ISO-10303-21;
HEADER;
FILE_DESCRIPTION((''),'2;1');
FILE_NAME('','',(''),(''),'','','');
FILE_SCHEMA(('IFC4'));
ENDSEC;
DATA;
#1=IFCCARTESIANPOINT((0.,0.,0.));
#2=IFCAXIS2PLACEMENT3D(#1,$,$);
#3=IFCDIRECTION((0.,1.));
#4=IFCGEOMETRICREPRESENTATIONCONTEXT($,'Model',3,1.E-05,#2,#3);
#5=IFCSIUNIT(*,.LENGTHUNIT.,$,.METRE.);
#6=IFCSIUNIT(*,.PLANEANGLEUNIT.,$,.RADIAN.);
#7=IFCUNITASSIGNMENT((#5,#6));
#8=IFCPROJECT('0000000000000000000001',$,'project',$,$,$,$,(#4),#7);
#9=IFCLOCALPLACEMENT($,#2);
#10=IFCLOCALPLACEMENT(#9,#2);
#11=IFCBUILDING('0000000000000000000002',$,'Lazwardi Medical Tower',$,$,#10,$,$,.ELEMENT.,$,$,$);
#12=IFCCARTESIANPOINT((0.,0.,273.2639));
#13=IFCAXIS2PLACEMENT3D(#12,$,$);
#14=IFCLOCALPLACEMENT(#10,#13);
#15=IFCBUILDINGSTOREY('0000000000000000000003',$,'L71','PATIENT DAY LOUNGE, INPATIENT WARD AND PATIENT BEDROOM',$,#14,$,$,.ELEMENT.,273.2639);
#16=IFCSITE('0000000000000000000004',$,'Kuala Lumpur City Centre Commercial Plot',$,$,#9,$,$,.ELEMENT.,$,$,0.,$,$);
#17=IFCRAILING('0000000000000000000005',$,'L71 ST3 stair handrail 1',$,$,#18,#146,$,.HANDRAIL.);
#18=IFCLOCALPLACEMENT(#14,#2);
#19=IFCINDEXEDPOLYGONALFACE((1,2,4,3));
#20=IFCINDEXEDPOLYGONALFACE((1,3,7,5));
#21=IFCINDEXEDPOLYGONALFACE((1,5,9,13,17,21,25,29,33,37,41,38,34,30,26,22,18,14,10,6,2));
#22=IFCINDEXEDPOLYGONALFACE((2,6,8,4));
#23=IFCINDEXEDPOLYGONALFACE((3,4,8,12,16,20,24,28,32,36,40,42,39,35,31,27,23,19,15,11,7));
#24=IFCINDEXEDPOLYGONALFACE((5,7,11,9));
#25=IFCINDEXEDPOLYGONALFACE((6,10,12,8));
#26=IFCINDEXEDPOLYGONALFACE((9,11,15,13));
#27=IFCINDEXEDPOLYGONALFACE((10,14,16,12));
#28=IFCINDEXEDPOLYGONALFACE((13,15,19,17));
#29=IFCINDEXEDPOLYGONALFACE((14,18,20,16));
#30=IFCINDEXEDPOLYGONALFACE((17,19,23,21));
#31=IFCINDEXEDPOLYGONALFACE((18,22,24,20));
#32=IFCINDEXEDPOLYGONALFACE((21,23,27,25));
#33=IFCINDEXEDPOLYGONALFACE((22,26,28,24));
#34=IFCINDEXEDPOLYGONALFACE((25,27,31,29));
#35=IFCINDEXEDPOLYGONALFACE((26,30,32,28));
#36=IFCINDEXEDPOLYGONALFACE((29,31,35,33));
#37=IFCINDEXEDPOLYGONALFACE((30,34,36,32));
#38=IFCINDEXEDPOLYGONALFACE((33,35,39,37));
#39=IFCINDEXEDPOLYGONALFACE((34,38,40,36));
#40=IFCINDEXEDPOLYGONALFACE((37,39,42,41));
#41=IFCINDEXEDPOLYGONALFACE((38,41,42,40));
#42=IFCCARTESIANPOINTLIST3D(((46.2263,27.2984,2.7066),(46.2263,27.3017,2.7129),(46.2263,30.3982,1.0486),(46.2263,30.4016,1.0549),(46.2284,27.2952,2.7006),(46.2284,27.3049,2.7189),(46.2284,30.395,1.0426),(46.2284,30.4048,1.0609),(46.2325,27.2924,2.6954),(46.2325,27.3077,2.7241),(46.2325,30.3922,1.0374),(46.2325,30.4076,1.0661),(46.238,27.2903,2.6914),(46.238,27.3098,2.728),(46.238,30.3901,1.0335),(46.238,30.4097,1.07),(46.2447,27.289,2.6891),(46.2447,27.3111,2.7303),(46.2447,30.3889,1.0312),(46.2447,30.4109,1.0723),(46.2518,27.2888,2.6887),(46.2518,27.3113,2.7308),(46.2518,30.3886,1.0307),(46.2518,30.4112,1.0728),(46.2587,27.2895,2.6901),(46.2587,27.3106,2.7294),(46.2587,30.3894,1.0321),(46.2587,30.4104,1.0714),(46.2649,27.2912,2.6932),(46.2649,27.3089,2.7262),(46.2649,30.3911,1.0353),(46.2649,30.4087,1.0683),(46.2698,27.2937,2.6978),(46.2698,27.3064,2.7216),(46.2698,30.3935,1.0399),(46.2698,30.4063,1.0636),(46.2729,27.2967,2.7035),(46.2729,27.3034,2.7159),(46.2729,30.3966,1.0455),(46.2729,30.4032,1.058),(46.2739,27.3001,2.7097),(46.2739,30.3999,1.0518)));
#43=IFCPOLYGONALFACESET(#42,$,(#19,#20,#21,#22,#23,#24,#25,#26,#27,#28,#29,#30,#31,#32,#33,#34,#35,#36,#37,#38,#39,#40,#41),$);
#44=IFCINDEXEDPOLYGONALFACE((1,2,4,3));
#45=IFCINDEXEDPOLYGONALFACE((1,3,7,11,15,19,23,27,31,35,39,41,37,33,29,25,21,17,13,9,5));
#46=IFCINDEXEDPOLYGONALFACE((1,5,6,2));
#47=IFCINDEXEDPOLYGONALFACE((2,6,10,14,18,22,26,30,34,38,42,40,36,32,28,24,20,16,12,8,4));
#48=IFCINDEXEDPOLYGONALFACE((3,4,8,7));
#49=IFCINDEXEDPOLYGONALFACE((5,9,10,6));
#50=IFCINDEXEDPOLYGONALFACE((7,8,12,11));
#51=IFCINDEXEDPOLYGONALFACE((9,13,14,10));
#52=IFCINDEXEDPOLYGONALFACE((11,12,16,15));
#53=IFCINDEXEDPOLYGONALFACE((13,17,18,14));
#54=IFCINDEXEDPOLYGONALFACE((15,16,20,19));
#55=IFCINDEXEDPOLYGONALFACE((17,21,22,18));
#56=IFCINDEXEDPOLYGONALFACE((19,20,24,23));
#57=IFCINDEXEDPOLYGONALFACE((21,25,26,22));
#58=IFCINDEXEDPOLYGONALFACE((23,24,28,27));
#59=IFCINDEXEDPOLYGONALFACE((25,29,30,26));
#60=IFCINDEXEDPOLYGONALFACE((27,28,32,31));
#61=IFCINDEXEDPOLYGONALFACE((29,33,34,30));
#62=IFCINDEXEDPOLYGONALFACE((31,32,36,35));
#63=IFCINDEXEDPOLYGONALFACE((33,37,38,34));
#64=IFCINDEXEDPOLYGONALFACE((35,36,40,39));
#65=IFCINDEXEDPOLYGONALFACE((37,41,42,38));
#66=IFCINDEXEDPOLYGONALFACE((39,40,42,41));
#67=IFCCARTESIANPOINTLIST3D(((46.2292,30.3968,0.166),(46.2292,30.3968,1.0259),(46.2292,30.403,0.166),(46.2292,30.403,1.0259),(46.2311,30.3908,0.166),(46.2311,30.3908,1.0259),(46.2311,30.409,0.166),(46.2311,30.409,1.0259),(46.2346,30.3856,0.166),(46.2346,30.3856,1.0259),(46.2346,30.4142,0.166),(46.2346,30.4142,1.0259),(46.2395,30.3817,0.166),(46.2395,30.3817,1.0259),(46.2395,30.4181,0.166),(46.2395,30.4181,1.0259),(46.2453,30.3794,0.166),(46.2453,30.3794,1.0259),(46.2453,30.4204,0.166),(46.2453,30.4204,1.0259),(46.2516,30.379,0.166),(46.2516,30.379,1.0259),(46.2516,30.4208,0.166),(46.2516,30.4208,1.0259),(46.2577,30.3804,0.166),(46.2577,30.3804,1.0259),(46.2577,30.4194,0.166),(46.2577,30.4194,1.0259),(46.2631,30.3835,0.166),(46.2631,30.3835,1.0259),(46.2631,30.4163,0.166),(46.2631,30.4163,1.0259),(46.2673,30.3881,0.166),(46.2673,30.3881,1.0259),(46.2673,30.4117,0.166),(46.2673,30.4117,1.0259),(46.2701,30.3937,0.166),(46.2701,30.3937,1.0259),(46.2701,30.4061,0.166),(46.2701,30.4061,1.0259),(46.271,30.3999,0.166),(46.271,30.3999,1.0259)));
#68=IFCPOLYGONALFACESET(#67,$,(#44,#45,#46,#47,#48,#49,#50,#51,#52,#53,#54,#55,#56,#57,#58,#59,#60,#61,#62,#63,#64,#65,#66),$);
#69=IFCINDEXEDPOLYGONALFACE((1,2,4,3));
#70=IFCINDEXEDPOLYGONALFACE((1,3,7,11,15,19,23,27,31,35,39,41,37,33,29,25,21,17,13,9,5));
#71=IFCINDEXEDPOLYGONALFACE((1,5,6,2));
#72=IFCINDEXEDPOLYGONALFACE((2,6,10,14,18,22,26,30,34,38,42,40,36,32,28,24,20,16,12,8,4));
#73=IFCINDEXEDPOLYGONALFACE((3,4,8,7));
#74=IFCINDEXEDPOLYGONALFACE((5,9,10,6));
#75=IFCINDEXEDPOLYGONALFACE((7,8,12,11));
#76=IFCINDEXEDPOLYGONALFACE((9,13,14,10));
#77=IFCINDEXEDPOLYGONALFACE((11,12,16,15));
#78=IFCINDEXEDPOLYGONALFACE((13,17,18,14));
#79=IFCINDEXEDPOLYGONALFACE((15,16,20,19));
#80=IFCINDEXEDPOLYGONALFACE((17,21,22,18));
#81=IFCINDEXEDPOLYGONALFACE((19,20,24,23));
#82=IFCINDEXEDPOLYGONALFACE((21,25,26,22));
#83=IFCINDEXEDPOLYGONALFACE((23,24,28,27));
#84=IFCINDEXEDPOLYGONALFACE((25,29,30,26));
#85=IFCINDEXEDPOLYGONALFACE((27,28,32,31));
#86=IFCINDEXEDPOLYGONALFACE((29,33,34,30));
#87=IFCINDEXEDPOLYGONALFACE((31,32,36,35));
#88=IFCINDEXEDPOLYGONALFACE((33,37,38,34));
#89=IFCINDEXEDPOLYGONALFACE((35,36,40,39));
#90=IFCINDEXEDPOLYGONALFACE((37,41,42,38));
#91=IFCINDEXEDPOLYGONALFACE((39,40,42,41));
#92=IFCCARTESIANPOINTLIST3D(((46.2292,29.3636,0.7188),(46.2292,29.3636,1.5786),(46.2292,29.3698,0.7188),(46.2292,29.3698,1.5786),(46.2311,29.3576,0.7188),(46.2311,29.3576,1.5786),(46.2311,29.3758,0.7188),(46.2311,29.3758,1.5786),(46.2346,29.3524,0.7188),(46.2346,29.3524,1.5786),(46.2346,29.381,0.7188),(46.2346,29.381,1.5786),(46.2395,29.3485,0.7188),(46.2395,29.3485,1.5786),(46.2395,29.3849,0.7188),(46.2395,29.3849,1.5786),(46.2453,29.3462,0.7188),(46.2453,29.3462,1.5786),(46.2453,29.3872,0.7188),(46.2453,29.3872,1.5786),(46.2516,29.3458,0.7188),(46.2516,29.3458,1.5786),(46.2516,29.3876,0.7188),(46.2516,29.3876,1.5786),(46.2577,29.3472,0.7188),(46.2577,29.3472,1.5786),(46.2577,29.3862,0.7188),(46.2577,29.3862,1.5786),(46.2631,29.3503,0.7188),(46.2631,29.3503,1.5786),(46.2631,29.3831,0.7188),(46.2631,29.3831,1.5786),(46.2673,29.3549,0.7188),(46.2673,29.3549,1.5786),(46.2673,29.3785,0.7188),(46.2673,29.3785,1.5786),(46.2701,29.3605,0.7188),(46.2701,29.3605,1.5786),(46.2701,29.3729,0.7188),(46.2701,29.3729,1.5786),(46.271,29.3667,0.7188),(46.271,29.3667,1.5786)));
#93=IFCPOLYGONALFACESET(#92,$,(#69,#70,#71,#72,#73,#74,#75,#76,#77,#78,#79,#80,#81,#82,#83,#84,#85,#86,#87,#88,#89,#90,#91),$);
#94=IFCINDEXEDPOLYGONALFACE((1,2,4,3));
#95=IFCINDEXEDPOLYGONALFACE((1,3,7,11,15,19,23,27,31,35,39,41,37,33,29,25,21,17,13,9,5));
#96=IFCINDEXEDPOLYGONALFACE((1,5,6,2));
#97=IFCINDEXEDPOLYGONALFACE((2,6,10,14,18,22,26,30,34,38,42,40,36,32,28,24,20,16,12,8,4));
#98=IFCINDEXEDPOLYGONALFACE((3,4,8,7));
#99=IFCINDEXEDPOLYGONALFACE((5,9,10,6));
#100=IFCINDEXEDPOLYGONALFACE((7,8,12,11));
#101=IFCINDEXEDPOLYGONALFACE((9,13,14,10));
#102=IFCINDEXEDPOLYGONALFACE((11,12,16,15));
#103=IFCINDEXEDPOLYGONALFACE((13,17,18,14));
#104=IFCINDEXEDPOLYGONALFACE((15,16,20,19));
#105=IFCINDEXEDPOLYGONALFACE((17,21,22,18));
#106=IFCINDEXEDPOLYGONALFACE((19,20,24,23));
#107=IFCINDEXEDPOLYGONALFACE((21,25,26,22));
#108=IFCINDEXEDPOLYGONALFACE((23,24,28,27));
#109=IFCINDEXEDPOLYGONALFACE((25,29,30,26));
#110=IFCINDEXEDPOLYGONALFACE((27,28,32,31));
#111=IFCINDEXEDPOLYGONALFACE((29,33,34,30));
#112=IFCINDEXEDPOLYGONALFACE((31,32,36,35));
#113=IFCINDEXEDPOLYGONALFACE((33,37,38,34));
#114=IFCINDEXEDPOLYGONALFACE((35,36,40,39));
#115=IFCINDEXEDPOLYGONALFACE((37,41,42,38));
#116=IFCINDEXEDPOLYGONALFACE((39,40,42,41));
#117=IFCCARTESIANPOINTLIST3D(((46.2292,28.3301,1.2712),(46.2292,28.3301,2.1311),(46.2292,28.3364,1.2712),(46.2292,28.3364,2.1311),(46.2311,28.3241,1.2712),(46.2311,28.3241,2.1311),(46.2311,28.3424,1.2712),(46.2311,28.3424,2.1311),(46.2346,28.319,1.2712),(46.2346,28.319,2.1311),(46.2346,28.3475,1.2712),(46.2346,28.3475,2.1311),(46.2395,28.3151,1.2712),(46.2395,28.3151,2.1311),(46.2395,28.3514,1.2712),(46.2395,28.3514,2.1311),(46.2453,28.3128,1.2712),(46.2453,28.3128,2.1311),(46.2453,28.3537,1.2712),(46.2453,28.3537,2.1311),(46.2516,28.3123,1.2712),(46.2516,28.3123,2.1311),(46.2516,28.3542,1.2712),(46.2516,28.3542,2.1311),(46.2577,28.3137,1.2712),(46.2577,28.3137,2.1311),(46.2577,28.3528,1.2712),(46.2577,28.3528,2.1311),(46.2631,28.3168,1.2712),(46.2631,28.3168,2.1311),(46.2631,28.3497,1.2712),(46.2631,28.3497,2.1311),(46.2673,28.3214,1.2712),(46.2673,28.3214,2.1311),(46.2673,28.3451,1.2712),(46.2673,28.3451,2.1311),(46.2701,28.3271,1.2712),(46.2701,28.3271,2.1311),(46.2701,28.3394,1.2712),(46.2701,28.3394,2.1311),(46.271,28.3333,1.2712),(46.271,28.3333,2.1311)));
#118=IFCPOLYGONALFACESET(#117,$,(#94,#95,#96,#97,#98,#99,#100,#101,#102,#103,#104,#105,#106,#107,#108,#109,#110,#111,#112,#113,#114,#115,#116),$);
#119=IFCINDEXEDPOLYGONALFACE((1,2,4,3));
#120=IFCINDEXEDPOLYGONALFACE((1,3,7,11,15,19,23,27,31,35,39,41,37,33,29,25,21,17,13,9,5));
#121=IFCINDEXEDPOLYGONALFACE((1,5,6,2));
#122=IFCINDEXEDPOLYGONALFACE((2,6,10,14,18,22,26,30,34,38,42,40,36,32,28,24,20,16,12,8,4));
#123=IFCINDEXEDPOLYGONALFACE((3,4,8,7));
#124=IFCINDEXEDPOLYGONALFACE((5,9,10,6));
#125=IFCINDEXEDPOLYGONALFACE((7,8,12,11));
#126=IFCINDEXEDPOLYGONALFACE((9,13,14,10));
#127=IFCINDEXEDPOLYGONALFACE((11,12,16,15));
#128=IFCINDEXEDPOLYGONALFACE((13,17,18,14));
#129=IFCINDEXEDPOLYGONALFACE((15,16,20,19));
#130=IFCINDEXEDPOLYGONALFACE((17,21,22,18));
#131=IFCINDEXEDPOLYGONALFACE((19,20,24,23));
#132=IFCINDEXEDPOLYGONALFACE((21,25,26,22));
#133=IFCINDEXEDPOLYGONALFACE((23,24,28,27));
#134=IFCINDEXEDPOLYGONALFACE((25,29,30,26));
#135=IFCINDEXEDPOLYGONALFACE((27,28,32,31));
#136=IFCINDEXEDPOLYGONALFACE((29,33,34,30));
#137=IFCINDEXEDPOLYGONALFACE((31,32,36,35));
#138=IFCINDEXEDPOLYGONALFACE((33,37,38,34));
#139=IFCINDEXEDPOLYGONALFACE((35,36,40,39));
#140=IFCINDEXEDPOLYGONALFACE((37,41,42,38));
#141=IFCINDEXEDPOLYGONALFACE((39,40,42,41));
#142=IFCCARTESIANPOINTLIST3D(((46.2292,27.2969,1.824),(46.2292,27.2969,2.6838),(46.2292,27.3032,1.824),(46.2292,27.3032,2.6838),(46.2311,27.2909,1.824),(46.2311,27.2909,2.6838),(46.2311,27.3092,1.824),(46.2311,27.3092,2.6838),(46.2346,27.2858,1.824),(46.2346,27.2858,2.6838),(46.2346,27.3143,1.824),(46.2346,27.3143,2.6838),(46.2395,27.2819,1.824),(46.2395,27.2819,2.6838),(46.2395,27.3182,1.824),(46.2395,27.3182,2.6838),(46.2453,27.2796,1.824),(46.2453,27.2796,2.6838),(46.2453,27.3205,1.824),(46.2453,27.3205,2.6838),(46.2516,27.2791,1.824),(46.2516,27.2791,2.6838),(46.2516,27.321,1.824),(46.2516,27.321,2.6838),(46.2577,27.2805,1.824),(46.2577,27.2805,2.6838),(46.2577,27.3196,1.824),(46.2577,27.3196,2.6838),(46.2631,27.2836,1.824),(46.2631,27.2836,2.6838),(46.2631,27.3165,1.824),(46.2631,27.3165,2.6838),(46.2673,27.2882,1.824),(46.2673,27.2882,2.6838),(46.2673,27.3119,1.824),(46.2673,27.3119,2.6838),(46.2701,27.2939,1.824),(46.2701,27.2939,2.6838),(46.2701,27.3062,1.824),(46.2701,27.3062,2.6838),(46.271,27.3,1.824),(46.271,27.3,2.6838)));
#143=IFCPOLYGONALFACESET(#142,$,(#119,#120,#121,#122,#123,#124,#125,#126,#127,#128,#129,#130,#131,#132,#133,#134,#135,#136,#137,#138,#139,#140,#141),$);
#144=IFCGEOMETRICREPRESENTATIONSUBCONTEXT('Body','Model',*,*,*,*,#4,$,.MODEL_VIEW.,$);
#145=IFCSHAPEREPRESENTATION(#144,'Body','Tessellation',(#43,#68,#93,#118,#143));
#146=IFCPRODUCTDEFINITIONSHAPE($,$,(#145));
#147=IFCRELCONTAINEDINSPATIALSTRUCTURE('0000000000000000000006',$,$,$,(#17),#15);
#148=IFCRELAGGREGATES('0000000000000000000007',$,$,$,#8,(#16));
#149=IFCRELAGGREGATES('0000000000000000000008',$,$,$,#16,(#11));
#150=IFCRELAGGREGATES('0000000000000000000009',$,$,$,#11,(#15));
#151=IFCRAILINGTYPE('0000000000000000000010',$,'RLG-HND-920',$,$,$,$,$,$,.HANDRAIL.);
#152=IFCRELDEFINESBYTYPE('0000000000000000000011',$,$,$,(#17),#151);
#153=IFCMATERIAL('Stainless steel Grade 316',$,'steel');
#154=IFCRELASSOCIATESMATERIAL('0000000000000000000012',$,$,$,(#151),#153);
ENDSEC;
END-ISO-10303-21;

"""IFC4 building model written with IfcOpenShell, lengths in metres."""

from ifc_helpers import new_model, si_unit, direction, frame, origin, origin_2d, place, context, subcontext, project, spatial, circle, extrude, material, type_object, element, save


model = new_model("IFC4")

# Units and contexts
model_context = context("Model", 3, precision=1e-05, world=origin(), true_north=direction((0.0, 1.0)))
body_context = subcontext(model_context, "Body", "Model", "MODEL_VIEW")
ifc_project = project(units=[si_unit("LENGTHUNIT", "METRE"), si_unit("PLANEANGLEUNIT", "RADIAN")], contexts=[model_context])

# Site, building, storey
site_placement = place(None, origin())
site = spatial("IfcSite", under=ifc_project, at=site_placement, Name="Kuala Lumpur City Centre Commercial Plot", CompositionType="ELEMENT", RefElevation=0.0)
building_placement = place(site_placement, origin())
building = spatial("IfcBuilding", under=site, at=building_placement, Name="Lazwardi Medical Tower", CompositionType="ELEMENT")
storey_placement = place(building_placement, frame((0.0, 0.0, 273.2639)))
storey = spatial("IfcBuildingStorey", under=building, at=storey_placement, Name="L71", Description="PATIENT DAY LOUNGE, INPATIENT WARD AND PATIENT BEDROOM", CompositionType="ELEMENT", Elevation=273.2639)

# Railing
ifc_material_1 = material(Name="Stainless steel Grade 316", Category="steel")
railing_type_1 = type_object("IfcRailingType", Name="RLG-HND-920", PredefinedType="HANDRAIL", material=ifc_material_1)
railing_1_placement = place(storey_placement, frame((46.25, 30.3999, 0.166)))
element("IfcRailing", 1, at=railing_1_placement, inside=storey, type_object=railing_type_1, Name="L71 ST3 stair handrail 1", PredefinedType="HANDRAIL", context=body_context, shape_type="SweptSolid", body=[
    extrude(circle(Radius=0.0239, at=origin_2d()), frame((0.0, 0.0, 0.8857), z_axis=(0.0, -0.881797, 0.47163), x_axis=(1.0, 0.0, 0.0)), (0.0, 0.0, 1.0), 3.5154),
    extrude(circle(Radius=0.021, at=origin_2d()), origin(), (0.0, 0.0, 1.0), 0.8599),
    extrude(circle(Radius=0.021, at=origin_2d()), frame((0.0, -1.0332, 0.5527)), (0.0, 0.0, 1.0), 0.8599),
    extrude(circle(Radius=0.021, at=origin_2d()), frame((0.0, -2.0667, 1.1052)), (0.0, 0.0, 1.0), 0.8599),
    extrude(circle(Radius=0.021, at=origin_2d()), frame((0.0, -3.0999, 1.658)), (0.0, 0.0, 1.0), 0.8599),
])

save(model, "model.ifc")
